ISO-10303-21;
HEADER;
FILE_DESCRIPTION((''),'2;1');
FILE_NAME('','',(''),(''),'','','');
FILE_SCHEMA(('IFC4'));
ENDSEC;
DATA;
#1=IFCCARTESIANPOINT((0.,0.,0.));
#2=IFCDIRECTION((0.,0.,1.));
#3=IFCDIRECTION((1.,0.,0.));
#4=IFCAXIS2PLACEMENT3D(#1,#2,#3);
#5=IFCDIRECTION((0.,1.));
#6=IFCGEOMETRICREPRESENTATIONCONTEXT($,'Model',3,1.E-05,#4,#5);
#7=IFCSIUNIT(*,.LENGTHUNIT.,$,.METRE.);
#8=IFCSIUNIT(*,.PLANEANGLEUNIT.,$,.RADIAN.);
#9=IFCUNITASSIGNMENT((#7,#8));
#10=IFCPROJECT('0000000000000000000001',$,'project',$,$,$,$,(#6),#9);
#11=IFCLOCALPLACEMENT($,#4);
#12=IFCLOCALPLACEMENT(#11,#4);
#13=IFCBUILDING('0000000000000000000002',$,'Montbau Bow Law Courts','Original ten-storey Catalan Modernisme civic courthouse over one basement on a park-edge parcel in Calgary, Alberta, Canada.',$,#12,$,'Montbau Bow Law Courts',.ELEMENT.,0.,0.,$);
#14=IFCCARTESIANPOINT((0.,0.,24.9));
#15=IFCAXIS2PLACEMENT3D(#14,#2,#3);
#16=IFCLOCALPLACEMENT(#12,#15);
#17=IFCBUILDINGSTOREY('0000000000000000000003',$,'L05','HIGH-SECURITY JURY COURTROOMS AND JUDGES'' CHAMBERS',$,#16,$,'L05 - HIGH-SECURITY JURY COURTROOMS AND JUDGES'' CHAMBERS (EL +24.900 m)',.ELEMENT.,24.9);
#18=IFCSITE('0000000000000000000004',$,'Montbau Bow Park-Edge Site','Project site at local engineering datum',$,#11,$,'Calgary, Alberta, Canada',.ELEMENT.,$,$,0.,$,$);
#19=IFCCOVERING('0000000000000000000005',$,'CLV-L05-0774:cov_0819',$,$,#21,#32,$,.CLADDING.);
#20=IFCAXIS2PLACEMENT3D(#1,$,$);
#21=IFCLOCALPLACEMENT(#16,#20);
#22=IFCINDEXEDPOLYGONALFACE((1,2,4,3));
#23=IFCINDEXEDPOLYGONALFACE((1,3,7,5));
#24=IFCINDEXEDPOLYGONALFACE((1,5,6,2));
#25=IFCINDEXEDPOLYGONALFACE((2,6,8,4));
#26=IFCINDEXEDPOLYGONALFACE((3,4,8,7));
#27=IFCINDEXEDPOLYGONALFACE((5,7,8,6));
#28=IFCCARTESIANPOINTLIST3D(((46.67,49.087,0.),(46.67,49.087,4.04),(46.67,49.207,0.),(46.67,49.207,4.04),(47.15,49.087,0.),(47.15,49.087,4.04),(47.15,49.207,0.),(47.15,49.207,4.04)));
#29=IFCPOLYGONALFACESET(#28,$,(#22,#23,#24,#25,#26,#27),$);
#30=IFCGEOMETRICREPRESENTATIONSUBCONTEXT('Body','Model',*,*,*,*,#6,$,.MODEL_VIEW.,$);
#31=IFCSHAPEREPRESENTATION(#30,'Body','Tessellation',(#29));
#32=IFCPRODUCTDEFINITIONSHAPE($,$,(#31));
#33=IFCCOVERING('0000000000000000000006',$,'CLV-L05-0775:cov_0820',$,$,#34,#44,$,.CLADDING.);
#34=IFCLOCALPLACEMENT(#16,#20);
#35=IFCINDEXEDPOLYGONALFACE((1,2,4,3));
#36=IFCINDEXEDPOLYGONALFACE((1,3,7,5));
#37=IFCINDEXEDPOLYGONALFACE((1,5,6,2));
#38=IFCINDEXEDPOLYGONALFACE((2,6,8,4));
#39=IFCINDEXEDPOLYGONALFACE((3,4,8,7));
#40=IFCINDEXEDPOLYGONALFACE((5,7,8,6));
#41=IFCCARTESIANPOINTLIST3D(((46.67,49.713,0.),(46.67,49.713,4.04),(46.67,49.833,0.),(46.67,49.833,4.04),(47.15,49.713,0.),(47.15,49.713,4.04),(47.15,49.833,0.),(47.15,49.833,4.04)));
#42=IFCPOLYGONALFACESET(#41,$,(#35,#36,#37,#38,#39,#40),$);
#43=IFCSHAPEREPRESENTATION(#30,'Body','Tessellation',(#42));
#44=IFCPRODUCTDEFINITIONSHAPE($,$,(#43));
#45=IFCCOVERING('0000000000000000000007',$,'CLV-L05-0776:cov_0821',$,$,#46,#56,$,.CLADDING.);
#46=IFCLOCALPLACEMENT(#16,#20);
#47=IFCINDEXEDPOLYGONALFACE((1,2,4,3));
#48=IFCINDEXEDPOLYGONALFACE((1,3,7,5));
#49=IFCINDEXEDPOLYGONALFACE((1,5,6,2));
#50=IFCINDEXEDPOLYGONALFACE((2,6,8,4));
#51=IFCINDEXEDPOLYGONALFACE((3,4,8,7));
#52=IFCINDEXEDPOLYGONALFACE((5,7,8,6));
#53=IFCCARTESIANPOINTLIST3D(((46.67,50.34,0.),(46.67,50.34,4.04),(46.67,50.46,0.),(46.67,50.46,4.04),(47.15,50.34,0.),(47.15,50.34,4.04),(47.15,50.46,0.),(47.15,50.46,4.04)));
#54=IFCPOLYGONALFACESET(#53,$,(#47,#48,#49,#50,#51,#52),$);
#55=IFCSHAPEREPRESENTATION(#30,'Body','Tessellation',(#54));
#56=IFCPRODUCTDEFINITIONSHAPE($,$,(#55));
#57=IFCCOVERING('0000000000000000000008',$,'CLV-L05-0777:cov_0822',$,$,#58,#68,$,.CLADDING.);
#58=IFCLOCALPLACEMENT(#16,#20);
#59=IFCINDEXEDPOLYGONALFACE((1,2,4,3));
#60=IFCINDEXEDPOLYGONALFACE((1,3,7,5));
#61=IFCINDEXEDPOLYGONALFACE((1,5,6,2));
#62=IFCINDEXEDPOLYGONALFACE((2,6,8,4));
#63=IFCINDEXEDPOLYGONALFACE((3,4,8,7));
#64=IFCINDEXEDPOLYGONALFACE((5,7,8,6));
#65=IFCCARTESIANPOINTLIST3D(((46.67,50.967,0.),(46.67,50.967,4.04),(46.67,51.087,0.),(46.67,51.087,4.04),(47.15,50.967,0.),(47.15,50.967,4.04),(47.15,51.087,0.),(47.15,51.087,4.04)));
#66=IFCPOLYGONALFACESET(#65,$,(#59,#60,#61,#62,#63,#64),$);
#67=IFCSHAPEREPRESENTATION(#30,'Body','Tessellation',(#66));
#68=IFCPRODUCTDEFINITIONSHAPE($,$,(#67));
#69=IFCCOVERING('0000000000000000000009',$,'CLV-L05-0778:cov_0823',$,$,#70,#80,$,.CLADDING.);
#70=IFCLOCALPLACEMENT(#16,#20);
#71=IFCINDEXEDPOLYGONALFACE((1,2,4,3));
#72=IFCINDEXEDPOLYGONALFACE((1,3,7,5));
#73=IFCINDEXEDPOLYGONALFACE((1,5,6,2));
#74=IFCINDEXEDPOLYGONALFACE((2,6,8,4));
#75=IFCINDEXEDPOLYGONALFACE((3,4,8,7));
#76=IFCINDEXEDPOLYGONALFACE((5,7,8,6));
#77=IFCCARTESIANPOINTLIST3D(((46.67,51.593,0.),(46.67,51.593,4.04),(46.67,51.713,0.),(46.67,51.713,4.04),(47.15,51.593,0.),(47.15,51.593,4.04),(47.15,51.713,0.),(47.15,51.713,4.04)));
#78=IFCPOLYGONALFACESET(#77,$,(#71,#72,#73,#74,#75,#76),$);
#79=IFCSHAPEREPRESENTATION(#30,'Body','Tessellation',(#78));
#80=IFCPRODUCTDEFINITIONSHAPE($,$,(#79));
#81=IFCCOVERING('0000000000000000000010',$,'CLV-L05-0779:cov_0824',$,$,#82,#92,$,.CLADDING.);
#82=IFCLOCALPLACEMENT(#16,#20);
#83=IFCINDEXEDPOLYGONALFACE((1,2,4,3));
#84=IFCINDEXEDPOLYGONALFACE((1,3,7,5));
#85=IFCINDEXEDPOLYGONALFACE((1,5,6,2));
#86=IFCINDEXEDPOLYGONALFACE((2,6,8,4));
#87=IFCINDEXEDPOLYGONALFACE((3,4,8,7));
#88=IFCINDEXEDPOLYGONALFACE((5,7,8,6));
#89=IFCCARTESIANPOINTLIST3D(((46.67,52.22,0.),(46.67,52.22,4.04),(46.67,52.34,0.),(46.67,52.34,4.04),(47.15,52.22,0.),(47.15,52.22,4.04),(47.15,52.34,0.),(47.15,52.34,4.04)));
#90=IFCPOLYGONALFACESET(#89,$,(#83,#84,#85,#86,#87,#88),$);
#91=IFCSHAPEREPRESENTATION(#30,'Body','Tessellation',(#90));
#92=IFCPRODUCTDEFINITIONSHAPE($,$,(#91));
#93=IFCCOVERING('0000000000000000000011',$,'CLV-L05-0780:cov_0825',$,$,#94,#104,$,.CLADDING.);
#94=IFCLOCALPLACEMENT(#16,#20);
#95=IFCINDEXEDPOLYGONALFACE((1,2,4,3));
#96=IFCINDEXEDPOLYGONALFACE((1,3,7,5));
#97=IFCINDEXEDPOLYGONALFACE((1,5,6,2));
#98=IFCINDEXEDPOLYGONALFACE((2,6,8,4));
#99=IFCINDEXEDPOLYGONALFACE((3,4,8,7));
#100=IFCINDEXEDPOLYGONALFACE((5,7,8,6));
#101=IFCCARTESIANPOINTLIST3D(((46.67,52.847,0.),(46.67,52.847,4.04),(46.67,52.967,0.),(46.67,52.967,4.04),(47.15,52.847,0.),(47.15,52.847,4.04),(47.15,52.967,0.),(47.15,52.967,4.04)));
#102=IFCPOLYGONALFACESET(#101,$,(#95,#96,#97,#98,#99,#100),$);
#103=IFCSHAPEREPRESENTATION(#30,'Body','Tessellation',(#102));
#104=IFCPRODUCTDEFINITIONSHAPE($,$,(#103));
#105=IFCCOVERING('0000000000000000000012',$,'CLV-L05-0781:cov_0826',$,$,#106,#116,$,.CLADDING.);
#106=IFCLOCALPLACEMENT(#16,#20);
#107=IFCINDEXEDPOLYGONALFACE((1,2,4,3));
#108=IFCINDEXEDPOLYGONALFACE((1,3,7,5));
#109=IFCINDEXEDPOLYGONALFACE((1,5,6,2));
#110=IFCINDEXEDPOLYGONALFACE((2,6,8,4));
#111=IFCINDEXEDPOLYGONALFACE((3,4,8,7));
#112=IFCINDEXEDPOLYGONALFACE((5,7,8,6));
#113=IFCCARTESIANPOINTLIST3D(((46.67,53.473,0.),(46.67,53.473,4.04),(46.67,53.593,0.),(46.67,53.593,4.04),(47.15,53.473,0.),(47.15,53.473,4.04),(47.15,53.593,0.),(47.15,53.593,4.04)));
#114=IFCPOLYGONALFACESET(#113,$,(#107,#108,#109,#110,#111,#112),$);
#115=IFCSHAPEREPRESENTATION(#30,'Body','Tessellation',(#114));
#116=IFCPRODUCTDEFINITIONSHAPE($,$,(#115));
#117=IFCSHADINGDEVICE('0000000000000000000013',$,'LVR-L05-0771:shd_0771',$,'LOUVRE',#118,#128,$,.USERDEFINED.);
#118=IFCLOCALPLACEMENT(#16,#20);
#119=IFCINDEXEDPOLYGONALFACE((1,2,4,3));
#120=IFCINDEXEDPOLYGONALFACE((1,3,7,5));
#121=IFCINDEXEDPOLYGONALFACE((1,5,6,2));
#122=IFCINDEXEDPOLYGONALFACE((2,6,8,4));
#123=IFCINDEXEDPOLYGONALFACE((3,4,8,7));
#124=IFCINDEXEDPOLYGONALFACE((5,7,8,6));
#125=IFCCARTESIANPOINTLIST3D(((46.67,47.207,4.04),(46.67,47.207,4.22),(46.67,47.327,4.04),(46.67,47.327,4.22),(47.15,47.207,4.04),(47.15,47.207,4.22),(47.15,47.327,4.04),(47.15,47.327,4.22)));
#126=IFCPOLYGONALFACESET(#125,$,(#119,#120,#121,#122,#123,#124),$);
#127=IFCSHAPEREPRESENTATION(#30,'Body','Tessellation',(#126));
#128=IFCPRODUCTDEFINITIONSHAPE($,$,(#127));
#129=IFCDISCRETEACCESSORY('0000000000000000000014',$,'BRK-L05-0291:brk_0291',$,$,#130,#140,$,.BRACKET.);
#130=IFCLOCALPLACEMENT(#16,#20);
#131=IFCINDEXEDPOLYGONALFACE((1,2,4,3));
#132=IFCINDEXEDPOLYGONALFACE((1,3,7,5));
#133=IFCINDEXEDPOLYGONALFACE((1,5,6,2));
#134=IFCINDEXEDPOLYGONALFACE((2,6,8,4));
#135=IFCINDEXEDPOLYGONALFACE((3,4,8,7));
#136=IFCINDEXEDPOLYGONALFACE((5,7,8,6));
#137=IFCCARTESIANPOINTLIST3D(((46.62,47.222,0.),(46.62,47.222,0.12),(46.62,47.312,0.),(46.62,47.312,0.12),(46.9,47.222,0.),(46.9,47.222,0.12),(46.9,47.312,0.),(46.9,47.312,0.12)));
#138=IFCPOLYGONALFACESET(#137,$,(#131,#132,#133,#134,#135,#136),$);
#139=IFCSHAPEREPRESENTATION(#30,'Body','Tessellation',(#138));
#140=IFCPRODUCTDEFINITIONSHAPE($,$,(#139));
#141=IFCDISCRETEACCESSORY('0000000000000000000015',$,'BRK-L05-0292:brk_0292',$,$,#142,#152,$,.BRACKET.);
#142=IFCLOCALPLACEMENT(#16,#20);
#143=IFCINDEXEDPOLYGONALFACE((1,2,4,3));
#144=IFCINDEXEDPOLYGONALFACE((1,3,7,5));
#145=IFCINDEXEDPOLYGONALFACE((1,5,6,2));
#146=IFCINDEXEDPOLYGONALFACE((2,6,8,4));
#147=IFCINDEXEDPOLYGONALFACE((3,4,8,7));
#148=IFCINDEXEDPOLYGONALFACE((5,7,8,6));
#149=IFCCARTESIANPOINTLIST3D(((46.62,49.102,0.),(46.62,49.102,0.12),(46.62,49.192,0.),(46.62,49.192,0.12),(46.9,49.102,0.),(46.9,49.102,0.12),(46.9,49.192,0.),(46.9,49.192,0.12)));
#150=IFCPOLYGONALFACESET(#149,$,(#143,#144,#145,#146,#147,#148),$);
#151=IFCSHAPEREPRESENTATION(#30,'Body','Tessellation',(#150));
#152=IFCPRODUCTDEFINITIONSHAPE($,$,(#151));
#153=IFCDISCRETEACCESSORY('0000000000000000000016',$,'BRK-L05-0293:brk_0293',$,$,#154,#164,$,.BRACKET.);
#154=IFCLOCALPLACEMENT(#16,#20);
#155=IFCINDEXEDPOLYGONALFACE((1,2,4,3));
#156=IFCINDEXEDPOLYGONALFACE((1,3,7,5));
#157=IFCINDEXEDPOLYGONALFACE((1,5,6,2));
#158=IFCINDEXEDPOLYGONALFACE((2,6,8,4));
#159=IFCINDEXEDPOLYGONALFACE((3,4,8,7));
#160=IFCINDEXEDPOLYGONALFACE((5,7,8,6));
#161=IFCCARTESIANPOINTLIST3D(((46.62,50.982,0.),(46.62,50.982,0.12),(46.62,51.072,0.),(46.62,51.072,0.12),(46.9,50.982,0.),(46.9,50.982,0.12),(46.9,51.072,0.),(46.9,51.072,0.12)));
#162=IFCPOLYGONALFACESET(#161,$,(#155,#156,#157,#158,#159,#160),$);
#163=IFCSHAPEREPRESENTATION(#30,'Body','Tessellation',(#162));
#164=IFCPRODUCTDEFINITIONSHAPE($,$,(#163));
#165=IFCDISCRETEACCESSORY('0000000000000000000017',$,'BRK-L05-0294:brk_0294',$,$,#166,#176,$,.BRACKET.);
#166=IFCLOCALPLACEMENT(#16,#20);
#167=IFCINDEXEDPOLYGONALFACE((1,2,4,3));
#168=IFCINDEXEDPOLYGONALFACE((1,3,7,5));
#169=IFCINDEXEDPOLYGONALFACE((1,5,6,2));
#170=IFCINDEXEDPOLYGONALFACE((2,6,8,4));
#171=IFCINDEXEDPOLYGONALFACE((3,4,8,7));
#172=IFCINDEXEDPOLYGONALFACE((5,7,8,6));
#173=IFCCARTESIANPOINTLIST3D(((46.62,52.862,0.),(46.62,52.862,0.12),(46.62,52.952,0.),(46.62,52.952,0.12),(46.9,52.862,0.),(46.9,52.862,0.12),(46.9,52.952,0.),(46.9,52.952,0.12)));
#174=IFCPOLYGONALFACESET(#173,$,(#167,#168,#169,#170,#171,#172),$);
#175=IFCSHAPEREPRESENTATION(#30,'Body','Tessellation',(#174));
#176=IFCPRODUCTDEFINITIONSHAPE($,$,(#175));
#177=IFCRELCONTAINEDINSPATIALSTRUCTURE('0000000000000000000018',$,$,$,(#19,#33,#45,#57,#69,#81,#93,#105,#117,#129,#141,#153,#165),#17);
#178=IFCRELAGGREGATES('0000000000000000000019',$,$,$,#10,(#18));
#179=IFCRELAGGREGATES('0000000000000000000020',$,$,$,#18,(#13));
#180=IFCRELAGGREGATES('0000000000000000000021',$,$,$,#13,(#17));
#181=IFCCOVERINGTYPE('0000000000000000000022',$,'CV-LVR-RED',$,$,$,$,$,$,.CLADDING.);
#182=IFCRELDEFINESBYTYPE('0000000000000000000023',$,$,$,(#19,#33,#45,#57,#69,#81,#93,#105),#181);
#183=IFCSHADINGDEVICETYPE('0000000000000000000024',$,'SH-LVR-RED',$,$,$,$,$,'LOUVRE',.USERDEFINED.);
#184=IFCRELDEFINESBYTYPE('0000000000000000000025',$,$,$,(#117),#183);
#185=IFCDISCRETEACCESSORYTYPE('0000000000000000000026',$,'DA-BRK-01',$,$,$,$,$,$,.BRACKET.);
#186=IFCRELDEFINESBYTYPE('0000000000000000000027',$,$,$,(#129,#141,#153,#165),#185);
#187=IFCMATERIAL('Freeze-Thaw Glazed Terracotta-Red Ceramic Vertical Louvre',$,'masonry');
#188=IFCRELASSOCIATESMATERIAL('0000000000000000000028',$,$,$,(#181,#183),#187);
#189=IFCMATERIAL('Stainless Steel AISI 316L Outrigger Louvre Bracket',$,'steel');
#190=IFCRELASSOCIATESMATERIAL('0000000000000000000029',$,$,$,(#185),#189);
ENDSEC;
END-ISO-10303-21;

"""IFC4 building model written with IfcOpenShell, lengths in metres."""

from ifc_helpers import new_model, si_unit, direction, frame, frame_2d, origin_with_axes, origin_2d_with_axis, place, context, subcontext, project, spatial, rectangle, extrude, material, type_object, element, save


model = new_model("IFC4")

# Units and contexts
model_context = context("Model", 3, precision=1e-05, world=origin_with_axes(), true_north=direction((0.0, 1.0)))
body_context = subcontext(model_context, "Body", "Model", "MODEL_VIEW")
ifc_project = project(units=[si_unit("LENGTHUNIT", "METRE"), si_unit("PLANEANGLEUNIT", "RADIAN")], contexts=[model_context])

# Site, building, storey
site_placement = place(None, origin_with_axes())
site = spatial("IfcSite", under=ifc_project, at=site_placement, Name="Montbau Bow Park-Edge Site", Description="Project site at local engineering datum", LongName="Calgary, Alberta, Canada", CompositionType="ELEMENT", RefElevation=0.0)
building_placement = place(site_placement, origin_with_axes())
building = spatial("IfcBuilding", under=site, at=building_placement, Name="Montbau Bow Law Courts", Description="Original ten-storey Catalan Modernisme civic courthouse over one basement on a park-edge parcel in Calgary, Alberta, Canada.", LongName="Montbau Bow Law Courts", CompositionType="ELEMENT", ElevationOfRefHeight=0.0, ElevationOfTerrain=0.0)
storey_placement = place(building_placement, frame((0.0, 0.0, 24.9), z_axis=(0.0, 0.0, 1.0), x_axis=(1.0, 0.0, 0.0)))
storey = spatial("IfcBuildingStorey", under=building, at=storey_placement, Name="L05", Description="HIGH-SECURITY JURY COURTROOMS AND JUDGES' CHAMBERS", LongName="L05 - HIGH-SECURITY JURY COURTROOMS AND JUDGES' CHAMBERS (EL +24.900 m)", CompositionType="ELEMENT", Elevation=24.9)

# Coverings
ifc_material_1 = material(Name="Freeze-Thaw Glazed Terracotta-Red Ceramic Vertical Louvre", Category="masonry")
covering_type = type_object("IfcCoveringType", Name="CV-LVR-RED", PredefinedType="CLADDING", material=ifc_material_1)
for number, where, z_axis, x_axis, name in (
    (1, (46.67, 49.147, 24.9), (0.0, -1.0, 0.0), (1.0, 0.0, 0.0), "CLV-L05-0774:cov_0819"),
    (2, (46.67, 49.773, 24.9), (0.0, -1.0, 0.0), (1.0, 0.0, 0.0), "CLV-L05-0775:cov_0820"),
    (3, (46.67, 50.4, 24.9), (0.0, -1.0, 0.0), (1.0, 0.0, 0.0), "CLV-L05-0776:cov_0821"),
    (4, (46.67, 51.027, 24.9), (0.0, -1.0, 0.0), (1.0, 0.0, 0.0), "CLV-L05-0777:cov_0822"),
    (5, (46.67, 51.653, 24.9), (0.0, -1.0, 0.0), (1.0, 0.0, 0.0), "CLV-L05-0778:cov_0823"),
    (6, (46.67, 52.28, 24.9), (0.0, -1.0, 0.0), (1.0, 0.0, 0.0), "CLV-L05-0779:cov_0824"),
    (7, (46.67, 52.907, 24.9), (0.0, -1.0, 0.0), (1.0, 0.0, 0.0), "CLV-L05-0780:cov_0825"),
    (8, (46.67, 53.533, 24.9), (0.0, -1.0, 0.0), (1.0, 0.0, 0.0), "CLV-L05-0781:cov_0826"),
):
    element("IfcCovering", number, at=place(None, frame(where, z_axis=z_axis, x_axis=x_axis)), inside=storey, type_object=covering_type, Name=name, PredefinedType="CLADDING", context=body_context, shape_type="SweptSolid", body=[
        extrude(rectangle(XDim=0.48, YDim=4.04, at=frame_2d((0.24, 2.02), x_axis=(1.0, 0.0))), frame((0.0, 0.0, -0.06), z_axis=(0.0, 0.0, 1.0), x_axis=(1.0, 0.0, 0.0)), (0.0, 0.0, 1.0), 0.12),
    ])

# Shading device
shading_device_type = type_object("IfcShadingDeviceType", Name="SH-LVR-RED", ElementType="LOUVRE", PredefinedType="USERDEFINED", material=ifc_material_1)
shading_device_placement = place(None, frame((46.91, 47.267, 28.94), z_axis=(0.0, 0.0, 1.0), x_axis=(1.0, 0.0, 0.0)))
element("IfcShadingDevice", 9, at=shading_device_placement, inside=storey, type_object=shading_device_type, Name="LVR-L05-0771:shd_0771", ObjectType="LOUVRE", PredefinedType="USERDEFINED", context=body_context, shape_type="SweptSolid", body=[
    extrude(rectangle(XDim=0.48, YDim=0.12, at=origin_2d_with_axis()), origin_with_axes(), (0.0, 0.0, 1.0), 0.18),
])

# Discrete accessories
ifc_material_2 = material(Name="Stainless Steel AISI 316L Outrigger Louvre Bracket", Category="steel")
discrete_accessory_type = type_object("IfcDiscreteAccessoryType", Name="DA-BRK-01", PredefinedType="BRACKET", material=ifc_material_2)
for number, where, z_axis, x_axis, name in (
    (10, (46.76, 47.267, 24.9), (0.0, 0.0, 1.0), (1.0, 0.0, 0.0), "BRK-L05-0291:brk_0291"),
    (11, (46.76, 49.147, 24.9), (0.0, 0.0, 1.0), (1.0, 0.0, 0.0), "BRK-L05-0292:brk_0292"),
    (12, (46.76, 51.027, 24.9), (0.0, 0.0, 1.0), (1.0, 0.0, 0.0), "BRK-L05-0293:brk_0293"),
    (13, (46.76, 52.907, 24.9), (0.0, 0.0, 1.0), (1.0, 0.0, 0.0), "BRK-L05-0294:brk_0294"),
):
    element("IfcDiscreteAccessory", number, at=place(None, frame(where, z_axis=z_axis, x_axis=x_axis)), inside=storey, type_object=discrete_accessory_type, Name=name, PredefinedType="BRACKET", context=body_context, shape_type="SweptSolid", body=[
        extrude(rectangle(XDim=0.28, YDim=0.09, at=origin_2d_with_axis()), origin_with_axes(), (0.0, 0.0, 1.0), 0.12),
    ])

save(model, "model.ifc")
